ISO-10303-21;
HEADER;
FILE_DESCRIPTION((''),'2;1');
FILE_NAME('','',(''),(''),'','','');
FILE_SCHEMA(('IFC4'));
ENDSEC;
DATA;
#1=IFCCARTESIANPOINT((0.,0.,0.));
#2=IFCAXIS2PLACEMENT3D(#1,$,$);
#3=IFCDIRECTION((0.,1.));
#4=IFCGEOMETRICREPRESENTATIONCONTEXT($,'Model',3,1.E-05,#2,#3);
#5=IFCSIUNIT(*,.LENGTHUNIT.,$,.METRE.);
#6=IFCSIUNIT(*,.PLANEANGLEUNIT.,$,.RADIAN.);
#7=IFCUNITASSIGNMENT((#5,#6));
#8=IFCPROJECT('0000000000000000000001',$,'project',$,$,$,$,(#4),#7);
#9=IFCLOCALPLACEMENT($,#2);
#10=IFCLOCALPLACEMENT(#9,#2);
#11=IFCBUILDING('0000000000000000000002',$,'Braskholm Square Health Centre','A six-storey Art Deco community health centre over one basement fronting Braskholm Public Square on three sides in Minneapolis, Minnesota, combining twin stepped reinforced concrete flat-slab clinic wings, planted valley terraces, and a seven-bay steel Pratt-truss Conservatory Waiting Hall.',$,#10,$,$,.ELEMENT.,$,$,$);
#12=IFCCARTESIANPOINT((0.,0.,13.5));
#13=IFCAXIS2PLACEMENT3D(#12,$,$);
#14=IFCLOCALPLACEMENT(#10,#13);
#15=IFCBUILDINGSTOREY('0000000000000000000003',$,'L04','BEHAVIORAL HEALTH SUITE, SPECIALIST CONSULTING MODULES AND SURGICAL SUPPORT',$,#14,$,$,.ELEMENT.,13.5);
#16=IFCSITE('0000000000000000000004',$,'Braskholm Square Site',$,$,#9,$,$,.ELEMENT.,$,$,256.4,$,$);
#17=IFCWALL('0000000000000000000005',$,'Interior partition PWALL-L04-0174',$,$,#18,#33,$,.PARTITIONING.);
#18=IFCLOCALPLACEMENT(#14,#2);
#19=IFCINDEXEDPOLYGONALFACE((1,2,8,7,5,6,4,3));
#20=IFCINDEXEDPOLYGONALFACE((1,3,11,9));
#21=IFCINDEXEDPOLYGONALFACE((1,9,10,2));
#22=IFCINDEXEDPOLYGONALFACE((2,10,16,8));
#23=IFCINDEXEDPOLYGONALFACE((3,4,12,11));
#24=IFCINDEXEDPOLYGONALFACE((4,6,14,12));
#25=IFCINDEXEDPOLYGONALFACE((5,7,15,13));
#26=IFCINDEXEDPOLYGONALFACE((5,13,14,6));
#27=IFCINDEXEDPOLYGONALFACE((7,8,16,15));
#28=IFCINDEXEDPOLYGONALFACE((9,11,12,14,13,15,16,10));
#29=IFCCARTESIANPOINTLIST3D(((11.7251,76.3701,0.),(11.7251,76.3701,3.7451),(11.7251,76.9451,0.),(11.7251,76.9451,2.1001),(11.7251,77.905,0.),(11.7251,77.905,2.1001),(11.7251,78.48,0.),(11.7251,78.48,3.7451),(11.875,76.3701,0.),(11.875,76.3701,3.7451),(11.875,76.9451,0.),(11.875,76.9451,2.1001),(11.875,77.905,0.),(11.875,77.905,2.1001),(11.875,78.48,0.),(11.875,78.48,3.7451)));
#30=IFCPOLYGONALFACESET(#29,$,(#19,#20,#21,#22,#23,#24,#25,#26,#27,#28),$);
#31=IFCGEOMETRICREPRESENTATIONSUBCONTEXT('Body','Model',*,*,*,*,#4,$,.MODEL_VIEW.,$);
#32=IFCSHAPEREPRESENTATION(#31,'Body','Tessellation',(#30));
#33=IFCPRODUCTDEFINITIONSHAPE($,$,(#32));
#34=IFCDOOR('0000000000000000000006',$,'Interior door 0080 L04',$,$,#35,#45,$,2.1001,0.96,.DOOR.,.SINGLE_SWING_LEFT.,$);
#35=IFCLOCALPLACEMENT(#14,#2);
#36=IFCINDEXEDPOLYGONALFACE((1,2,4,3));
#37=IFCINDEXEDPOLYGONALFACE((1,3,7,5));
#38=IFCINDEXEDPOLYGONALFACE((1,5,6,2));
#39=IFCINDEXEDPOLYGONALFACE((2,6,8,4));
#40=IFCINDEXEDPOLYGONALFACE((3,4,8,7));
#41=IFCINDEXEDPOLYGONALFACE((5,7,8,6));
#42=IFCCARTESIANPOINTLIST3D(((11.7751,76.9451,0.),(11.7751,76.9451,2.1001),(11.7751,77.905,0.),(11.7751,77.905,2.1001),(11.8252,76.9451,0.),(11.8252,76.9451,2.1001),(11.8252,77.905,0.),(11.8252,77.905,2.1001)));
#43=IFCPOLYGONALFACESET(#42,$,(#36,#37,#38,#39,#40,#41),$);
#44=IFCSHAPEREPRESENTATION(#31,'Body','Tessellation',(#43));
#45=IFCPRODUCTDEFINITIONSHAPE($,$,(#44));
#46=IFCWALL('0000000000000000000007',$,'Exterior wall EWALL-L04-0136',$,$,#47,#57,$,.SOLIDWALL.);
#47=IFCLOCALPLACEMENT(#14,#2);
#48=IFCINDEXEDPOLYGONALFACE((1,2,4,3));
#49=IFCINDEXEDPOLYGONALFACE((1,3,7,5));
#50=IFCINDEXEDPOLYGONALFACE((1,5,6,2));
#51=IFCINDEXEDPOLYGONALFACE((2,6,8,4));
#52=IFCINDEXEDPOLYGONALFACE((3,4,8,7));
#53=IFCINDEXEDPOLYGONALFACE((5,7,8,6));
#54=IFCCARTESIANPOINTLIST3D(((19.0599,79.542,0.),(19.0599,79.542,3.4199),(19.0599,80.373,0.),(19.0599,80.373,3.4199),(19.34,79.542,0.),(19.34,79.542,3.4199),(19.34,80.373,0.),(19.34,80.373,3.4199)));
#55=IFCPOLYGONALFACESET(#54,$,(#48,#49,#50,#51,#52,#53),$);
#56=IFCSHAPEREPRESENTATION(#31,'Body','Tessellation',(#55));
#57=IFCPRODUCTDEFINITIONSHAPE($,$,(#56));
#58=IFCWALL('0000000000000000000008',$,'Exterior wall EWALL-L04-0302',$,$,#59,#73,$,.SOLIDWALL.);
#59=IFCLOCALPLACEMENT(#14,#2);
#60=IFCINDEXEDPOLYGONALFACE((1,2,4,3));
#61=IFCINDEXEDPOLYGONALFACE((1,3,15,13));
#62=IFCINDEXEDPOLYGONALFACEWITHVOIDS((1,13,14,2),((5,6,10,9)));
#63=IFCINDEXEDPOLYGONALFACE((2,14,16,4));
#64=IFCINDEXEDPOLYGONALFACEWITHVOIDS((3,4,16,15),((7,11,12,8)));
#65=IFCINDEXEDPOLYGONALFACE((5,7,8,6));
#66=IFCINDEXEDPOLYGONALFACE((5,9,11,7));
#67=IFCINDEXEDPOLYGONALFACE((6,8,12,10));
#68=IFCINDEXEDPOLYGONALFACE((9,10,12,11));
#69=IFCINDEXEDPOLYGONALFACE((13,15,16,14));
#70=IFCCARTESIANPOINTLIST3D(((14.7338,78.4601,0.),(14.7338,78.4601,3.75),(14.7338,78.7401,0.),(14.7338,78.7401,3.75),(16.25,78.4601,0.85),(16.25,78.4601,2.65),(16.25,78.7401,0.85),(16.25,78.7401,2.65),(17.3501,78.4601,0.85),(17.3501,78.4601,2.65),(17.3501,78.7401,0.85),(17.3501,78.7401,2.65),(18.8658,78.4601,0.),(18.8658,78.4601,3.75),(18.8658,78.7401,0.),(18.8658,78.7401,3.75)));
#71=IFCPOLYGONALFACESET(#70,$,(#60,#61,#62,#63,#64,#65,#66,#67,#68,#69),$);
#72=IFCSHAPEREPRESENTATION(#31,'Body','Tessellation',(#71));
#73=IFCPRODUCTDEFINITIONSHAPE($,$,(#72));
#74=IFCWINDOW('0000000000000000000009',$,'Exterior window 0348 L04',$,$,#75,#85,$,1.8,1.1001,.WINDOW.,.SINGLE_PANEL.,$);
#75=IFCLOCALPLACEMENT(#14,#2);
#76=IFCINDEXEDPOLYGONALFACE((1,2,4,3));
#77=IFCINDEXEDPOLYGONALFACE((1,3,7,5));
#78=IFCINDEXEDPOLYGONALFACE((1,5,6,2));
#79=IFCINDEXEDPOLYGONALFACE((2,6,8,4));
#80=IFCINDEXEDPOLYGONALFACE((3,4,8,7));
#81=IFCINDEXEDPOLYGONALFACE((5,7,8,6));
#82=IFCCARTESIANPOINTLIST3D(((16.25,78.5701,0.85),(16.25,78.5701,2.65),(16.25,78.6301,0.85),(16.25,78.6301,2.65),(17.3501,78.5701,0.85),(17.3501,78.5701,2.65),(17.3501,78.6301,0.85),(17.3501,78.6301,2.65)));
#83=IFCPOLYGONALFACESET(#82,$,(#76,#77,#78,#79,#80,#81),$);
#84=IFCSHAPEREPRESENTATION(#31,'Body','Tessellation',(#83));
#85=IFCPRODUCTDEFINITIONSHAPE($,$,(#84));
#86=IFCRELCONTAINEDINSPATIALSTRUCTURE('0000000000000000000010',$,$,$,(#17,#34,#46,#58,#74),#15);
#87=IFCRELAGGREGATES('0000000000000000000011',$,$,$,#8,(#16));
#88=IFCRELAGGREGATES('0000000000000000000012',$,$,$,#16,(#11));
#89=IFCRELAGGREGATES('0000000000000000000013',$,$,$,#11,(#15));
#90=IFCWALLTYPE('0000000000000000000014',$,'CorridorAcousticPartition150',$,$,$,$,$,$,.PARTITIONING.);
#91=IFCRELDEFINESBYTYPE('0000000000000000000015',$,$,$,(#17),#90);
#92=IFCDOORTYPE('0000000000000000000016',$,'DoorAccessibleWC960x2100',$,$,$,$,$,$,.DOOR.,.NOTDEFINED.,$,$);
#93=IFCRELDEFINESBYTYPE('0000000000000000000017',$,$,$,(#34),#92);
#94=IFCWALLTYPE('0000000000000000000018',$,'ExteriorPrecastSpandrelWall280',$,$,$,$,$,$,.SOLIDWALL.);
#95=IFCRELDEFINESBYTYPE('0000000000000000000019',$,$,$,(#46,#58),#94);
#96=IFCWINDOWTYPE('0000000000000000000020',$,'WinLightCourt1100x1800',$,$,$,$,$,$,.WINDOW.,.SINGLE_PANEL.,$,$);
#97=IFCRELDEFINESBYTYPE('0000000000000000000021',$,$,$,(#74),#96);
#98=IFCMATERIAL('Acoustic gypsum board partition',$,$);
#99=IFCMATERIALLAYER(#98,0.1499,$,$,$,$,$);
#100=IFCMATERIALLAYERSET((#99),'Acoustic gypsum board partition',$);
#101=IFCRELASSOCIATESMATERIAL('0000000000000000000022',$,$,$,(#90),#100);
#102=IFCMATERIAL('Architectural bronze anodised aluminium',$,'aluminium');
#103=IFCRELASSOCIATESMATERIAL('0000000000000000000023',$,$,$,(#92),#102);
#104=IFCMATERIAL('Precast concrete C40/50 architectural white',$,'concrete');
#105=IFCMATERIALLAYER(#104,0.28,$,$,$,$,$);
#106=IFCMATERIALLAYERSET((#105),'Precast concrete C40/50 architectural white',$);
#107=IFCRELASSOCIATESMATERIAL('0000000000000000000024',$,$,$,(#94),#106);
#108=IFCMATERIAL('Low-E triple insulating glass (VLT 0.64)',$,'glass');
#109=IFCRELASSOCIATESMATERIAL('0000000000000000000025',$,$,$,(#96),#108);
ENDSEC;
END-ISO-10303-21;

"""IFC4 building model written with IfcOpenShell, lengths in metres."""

from ifc_helpers import new_model, si_unit, direction, frame, frame_2d, origin, origin_with_axes, place, context, subcontext, project, spatial, rectangle, extrude, material, layer, layer_set, type_object, element, fill, save


model = new_model("IFC4")

# Units and contexts
model_context = context("Model", 3, precision=1e-05, world=origin(), true_north=direction((0.0, 1.0)))
body_context = subcontext(model_context, "Body", "Model", "MODEL_VIEW")
ifc_project = project(units=[si_unit("LENGTHUNIT", "METRE"), si_unit("PLANEANGLEUNIT", "RADIAN")], contexts=[model_context])

# Site, building, storey
site_placement = place(None, origin())
site = spatial("IfcSite", under=ifc_project, at=site_placement, Name="Braskholm Square Site", CompositionType="ELEMENT", RefElevation=256.4)
building_placement = place(site_placement, origin())
building = spatial("IfcBuilding", under=site, at=building_placement, Name="Braskholm Square Health Centre", Description="A six-storey Art Deco community health centre over one basement fronting Braskholm Public Square on three sides in Minneapolis, Minnesota, combining twin stepped reinforced concrete flat-slab clinic wings, planted valley terraces, and a seven-bay steel Pratt-truss Conservatory Waiting Hall.", CompositionType="ELEMENT")
storey_placement = place(building_placement, frame((0.0, 0.0, 13.5)))
storey = spatial("IfcBuildingStorey", under=building, at=storey_placement, Name="L04", Description="BEHAVIORAL HEALTH SUITE, SPECIALIST CONSULTING MODULES AND SURGICAL SUPPORT", CompositionType="ELEMENT", Elevation=13.5)

# Shared definitions
ifc_material_1 = material(Name="Low-E triple insulating glass (VLT 0.64)", Category="glass")
ifc_material_2 = material(Name="Architectural bronze anodised aluminium", Category="aluminium")

# Wall, opening, door
ifc_material_3 = material(Name="Acoustic gypsum board partition")
ifc_layer_1 = layer(ifc_material_3, 0.1499)
ifc_layer_set_1 = layer_set([ifc_layer_1], Name="Acoustic gypsum board partition")
wall_type_1 = type_object("IfcWallType", Name="CorridorAcousticPartition150", PredefinedType="PARTITIONING", material=ifc_layer_set_1)
wall_1_placement = place(storey_placement, frame((11.8, 76.3701, 0.0), z_axis=(0.0, 0.0, 1.0), x_axis=(0.0, 1.0, 0.0)))
wall_1 = element("IfcWall", 1, at=wall_1_placement, inside=storey, type_object=wall_type_1, Name="Interior partition PWALL-L04-0174", PredefinedType="PARTITIONING", context=body_context, shape_type="SweptSolid", body=[
    extrude(rectangle(XDim=2.1099, YDim=0.1499, at=frame_2d((1.0549, 0.0))), origin(), (0.0, 0.0, 1.0), 3.7451),
])
opening_1_placement = place(wall_1_placement, frame((0.575, 0.0, 0.0)))
opening_1 = element("IfcOpeningElement", 2, at=opening_1_placement, cuts=wall_1, PredefinedType="OPENING", context=body_context, shape_type="SweptSolid", body=[
    extrude(rectangle(XDim=0.96, YDim=2.1001, at=frame_2d((0.48, 1.05))), frame((0.0, 0.085, 0.0), z_axis=(0.0, -1.0, 0.0), x_axis=(1.0, 0.0, 0.0)), (0.0, 0.0, 1.0), 0.1699),
])
door_type_1 = type_object("IfcDoorType", Name="DoorAccessibleWC960x2100", OperationType="NOTDEFINED", PredefinedType="DOOR", material=ifc_material_2)
door_1_placement = place(opening_1_placement, origin_with_axes())
door_1 = element("IfcDoor", 3, at=door_1_placement, inside=storey, type_object=door_type_1, Name="Interior door 0080 L04", OperationType="SINGLE_SWING_LEFT", OverallHeight=2.1001, OverallWidth=0.96, PredefinedType="DOOR", context=body_context, shape_type="SweptSolid", body=[
    extrude(rectangle(XDim=0.96, YDim=2.1001, at=frame_2d((0.48, 1.05))), frame((0.0, 0.0249, 0.0), z_axis=(0.0, -1.0, 0.0), x_axis=(1.0, 0.0, 0.0)), (0.0, 0.0, 1.0), 0.05),
])
fill(opening_1, door_1)

# Wall
ifc_material_4 = material(Name="Precast concrete C40/50 architectural white", Category="concrete")
ifc_layer_2 = layer(ifc_material_4, 0.28)
ifc_layer_set_2 = layer_set([ifc_layer_2], Name="Precast concrete C40/50 architectural white")
wall_type_2 = type_object("IfcWallType", Name="ExteriorPrecastSpandrelWall280", PredefinedType="SOLIDWALL", material=ifc_layer_set_2)
wall_2_placement = place(storey_placement, frame((19.2, 79.542, 0.0), z_axis=(0.0, 0.0, 1.0), x_axis=(0.0, 1.0, 0.0)))
element("IfcWall", 4, at=wall_2_placement, inside=storey, type_object=wall_type_2, Name="Exterior wall EWALL-L04-0136", PredefinedType="SOLIDWALL", context=body_context, shape_type="SweptSolid", body=[
    extrude(rectangle(XDim=0.8311, YDim=0.28, at=frame_2d((0.4155, 0.0))), origin(), (0.0, 0.0, 1.0), 3.4199),
])

# Wall, opening, window
wall_3_placement = place(storey_placement, frame((14.7339, 78.6001, 0.0), z_axis=(0.0, 0.0, 1.0), x_axis=(1.0, 0.0, 0.0)))
wall_3 = element("IfcWall", 5, at=wall_3_placement, inside=storey, type_object=wall_type_2, Name="Exterior wall EWALL-L04-0302", PredefinedType="SOLIDWALL", context=body_context, shape_type="SweptSolid", body=[
    extrude(rectangle(XDim=4.1321, YDim=0.28, at=frame_2d((2.0659, 0.0))), origin(), (0.0, 0.0, 1.0), 3.75),
])
opening_2_placement = place(wall_3_placement, frame((1.5161, 0.0, 0.8501)))
opening_2 = element("IfcOpeningElement", 6, at=opening_2_placement, cuts=wall_3, PredefinedType="OPENING", context=body_context, shape_type="SweptSolid", body=[
    extrude(rectangle(XDim=1.1001, YDim=1.8, at=frame_2d((0.55, 0.8999))), frame((0.0, 0.1499, 0.0), z_axis=(0.0, -1.0, 0.0), x_axis=(1.0, 0.0, 0.0)), (0.0, 0.0, 1.0), 0.3),
])
window_type = type_object("IfcWindowType", Name="WinLightCourt1100x1800", PartitioningType="SINGLE_PANEL", PredefinedType="WINDOW", material=ifc_material_1)
window_placement = place(opening_2_placement, origin_with_axes())
window = element("IfcWindow", 7, at=window_placement, inside=storey, type_object=window_type, Name="Exterior window 0348 L04", OverallHeight=1.8, OverallWidth=1.1001, PartitioningType="SINGLE_PANEL", PredefinedType="WINDOW", context=body_context, shape_type="SweptSolid", body=[
    extrude(rectangle(XDim=1.1001, YDim=1.8, at=frame_2d((0.55, 0.8999))), frame((0.0, 0.03, 0.0), z_axis=(0.0, -1.0, 0.0), x_axis=(1.0, 0.0, 0.0)), (0.0, 0.0, 1.0), 0.0601),
])
fill(opening_2, window)

save(model, "model.ifc")
